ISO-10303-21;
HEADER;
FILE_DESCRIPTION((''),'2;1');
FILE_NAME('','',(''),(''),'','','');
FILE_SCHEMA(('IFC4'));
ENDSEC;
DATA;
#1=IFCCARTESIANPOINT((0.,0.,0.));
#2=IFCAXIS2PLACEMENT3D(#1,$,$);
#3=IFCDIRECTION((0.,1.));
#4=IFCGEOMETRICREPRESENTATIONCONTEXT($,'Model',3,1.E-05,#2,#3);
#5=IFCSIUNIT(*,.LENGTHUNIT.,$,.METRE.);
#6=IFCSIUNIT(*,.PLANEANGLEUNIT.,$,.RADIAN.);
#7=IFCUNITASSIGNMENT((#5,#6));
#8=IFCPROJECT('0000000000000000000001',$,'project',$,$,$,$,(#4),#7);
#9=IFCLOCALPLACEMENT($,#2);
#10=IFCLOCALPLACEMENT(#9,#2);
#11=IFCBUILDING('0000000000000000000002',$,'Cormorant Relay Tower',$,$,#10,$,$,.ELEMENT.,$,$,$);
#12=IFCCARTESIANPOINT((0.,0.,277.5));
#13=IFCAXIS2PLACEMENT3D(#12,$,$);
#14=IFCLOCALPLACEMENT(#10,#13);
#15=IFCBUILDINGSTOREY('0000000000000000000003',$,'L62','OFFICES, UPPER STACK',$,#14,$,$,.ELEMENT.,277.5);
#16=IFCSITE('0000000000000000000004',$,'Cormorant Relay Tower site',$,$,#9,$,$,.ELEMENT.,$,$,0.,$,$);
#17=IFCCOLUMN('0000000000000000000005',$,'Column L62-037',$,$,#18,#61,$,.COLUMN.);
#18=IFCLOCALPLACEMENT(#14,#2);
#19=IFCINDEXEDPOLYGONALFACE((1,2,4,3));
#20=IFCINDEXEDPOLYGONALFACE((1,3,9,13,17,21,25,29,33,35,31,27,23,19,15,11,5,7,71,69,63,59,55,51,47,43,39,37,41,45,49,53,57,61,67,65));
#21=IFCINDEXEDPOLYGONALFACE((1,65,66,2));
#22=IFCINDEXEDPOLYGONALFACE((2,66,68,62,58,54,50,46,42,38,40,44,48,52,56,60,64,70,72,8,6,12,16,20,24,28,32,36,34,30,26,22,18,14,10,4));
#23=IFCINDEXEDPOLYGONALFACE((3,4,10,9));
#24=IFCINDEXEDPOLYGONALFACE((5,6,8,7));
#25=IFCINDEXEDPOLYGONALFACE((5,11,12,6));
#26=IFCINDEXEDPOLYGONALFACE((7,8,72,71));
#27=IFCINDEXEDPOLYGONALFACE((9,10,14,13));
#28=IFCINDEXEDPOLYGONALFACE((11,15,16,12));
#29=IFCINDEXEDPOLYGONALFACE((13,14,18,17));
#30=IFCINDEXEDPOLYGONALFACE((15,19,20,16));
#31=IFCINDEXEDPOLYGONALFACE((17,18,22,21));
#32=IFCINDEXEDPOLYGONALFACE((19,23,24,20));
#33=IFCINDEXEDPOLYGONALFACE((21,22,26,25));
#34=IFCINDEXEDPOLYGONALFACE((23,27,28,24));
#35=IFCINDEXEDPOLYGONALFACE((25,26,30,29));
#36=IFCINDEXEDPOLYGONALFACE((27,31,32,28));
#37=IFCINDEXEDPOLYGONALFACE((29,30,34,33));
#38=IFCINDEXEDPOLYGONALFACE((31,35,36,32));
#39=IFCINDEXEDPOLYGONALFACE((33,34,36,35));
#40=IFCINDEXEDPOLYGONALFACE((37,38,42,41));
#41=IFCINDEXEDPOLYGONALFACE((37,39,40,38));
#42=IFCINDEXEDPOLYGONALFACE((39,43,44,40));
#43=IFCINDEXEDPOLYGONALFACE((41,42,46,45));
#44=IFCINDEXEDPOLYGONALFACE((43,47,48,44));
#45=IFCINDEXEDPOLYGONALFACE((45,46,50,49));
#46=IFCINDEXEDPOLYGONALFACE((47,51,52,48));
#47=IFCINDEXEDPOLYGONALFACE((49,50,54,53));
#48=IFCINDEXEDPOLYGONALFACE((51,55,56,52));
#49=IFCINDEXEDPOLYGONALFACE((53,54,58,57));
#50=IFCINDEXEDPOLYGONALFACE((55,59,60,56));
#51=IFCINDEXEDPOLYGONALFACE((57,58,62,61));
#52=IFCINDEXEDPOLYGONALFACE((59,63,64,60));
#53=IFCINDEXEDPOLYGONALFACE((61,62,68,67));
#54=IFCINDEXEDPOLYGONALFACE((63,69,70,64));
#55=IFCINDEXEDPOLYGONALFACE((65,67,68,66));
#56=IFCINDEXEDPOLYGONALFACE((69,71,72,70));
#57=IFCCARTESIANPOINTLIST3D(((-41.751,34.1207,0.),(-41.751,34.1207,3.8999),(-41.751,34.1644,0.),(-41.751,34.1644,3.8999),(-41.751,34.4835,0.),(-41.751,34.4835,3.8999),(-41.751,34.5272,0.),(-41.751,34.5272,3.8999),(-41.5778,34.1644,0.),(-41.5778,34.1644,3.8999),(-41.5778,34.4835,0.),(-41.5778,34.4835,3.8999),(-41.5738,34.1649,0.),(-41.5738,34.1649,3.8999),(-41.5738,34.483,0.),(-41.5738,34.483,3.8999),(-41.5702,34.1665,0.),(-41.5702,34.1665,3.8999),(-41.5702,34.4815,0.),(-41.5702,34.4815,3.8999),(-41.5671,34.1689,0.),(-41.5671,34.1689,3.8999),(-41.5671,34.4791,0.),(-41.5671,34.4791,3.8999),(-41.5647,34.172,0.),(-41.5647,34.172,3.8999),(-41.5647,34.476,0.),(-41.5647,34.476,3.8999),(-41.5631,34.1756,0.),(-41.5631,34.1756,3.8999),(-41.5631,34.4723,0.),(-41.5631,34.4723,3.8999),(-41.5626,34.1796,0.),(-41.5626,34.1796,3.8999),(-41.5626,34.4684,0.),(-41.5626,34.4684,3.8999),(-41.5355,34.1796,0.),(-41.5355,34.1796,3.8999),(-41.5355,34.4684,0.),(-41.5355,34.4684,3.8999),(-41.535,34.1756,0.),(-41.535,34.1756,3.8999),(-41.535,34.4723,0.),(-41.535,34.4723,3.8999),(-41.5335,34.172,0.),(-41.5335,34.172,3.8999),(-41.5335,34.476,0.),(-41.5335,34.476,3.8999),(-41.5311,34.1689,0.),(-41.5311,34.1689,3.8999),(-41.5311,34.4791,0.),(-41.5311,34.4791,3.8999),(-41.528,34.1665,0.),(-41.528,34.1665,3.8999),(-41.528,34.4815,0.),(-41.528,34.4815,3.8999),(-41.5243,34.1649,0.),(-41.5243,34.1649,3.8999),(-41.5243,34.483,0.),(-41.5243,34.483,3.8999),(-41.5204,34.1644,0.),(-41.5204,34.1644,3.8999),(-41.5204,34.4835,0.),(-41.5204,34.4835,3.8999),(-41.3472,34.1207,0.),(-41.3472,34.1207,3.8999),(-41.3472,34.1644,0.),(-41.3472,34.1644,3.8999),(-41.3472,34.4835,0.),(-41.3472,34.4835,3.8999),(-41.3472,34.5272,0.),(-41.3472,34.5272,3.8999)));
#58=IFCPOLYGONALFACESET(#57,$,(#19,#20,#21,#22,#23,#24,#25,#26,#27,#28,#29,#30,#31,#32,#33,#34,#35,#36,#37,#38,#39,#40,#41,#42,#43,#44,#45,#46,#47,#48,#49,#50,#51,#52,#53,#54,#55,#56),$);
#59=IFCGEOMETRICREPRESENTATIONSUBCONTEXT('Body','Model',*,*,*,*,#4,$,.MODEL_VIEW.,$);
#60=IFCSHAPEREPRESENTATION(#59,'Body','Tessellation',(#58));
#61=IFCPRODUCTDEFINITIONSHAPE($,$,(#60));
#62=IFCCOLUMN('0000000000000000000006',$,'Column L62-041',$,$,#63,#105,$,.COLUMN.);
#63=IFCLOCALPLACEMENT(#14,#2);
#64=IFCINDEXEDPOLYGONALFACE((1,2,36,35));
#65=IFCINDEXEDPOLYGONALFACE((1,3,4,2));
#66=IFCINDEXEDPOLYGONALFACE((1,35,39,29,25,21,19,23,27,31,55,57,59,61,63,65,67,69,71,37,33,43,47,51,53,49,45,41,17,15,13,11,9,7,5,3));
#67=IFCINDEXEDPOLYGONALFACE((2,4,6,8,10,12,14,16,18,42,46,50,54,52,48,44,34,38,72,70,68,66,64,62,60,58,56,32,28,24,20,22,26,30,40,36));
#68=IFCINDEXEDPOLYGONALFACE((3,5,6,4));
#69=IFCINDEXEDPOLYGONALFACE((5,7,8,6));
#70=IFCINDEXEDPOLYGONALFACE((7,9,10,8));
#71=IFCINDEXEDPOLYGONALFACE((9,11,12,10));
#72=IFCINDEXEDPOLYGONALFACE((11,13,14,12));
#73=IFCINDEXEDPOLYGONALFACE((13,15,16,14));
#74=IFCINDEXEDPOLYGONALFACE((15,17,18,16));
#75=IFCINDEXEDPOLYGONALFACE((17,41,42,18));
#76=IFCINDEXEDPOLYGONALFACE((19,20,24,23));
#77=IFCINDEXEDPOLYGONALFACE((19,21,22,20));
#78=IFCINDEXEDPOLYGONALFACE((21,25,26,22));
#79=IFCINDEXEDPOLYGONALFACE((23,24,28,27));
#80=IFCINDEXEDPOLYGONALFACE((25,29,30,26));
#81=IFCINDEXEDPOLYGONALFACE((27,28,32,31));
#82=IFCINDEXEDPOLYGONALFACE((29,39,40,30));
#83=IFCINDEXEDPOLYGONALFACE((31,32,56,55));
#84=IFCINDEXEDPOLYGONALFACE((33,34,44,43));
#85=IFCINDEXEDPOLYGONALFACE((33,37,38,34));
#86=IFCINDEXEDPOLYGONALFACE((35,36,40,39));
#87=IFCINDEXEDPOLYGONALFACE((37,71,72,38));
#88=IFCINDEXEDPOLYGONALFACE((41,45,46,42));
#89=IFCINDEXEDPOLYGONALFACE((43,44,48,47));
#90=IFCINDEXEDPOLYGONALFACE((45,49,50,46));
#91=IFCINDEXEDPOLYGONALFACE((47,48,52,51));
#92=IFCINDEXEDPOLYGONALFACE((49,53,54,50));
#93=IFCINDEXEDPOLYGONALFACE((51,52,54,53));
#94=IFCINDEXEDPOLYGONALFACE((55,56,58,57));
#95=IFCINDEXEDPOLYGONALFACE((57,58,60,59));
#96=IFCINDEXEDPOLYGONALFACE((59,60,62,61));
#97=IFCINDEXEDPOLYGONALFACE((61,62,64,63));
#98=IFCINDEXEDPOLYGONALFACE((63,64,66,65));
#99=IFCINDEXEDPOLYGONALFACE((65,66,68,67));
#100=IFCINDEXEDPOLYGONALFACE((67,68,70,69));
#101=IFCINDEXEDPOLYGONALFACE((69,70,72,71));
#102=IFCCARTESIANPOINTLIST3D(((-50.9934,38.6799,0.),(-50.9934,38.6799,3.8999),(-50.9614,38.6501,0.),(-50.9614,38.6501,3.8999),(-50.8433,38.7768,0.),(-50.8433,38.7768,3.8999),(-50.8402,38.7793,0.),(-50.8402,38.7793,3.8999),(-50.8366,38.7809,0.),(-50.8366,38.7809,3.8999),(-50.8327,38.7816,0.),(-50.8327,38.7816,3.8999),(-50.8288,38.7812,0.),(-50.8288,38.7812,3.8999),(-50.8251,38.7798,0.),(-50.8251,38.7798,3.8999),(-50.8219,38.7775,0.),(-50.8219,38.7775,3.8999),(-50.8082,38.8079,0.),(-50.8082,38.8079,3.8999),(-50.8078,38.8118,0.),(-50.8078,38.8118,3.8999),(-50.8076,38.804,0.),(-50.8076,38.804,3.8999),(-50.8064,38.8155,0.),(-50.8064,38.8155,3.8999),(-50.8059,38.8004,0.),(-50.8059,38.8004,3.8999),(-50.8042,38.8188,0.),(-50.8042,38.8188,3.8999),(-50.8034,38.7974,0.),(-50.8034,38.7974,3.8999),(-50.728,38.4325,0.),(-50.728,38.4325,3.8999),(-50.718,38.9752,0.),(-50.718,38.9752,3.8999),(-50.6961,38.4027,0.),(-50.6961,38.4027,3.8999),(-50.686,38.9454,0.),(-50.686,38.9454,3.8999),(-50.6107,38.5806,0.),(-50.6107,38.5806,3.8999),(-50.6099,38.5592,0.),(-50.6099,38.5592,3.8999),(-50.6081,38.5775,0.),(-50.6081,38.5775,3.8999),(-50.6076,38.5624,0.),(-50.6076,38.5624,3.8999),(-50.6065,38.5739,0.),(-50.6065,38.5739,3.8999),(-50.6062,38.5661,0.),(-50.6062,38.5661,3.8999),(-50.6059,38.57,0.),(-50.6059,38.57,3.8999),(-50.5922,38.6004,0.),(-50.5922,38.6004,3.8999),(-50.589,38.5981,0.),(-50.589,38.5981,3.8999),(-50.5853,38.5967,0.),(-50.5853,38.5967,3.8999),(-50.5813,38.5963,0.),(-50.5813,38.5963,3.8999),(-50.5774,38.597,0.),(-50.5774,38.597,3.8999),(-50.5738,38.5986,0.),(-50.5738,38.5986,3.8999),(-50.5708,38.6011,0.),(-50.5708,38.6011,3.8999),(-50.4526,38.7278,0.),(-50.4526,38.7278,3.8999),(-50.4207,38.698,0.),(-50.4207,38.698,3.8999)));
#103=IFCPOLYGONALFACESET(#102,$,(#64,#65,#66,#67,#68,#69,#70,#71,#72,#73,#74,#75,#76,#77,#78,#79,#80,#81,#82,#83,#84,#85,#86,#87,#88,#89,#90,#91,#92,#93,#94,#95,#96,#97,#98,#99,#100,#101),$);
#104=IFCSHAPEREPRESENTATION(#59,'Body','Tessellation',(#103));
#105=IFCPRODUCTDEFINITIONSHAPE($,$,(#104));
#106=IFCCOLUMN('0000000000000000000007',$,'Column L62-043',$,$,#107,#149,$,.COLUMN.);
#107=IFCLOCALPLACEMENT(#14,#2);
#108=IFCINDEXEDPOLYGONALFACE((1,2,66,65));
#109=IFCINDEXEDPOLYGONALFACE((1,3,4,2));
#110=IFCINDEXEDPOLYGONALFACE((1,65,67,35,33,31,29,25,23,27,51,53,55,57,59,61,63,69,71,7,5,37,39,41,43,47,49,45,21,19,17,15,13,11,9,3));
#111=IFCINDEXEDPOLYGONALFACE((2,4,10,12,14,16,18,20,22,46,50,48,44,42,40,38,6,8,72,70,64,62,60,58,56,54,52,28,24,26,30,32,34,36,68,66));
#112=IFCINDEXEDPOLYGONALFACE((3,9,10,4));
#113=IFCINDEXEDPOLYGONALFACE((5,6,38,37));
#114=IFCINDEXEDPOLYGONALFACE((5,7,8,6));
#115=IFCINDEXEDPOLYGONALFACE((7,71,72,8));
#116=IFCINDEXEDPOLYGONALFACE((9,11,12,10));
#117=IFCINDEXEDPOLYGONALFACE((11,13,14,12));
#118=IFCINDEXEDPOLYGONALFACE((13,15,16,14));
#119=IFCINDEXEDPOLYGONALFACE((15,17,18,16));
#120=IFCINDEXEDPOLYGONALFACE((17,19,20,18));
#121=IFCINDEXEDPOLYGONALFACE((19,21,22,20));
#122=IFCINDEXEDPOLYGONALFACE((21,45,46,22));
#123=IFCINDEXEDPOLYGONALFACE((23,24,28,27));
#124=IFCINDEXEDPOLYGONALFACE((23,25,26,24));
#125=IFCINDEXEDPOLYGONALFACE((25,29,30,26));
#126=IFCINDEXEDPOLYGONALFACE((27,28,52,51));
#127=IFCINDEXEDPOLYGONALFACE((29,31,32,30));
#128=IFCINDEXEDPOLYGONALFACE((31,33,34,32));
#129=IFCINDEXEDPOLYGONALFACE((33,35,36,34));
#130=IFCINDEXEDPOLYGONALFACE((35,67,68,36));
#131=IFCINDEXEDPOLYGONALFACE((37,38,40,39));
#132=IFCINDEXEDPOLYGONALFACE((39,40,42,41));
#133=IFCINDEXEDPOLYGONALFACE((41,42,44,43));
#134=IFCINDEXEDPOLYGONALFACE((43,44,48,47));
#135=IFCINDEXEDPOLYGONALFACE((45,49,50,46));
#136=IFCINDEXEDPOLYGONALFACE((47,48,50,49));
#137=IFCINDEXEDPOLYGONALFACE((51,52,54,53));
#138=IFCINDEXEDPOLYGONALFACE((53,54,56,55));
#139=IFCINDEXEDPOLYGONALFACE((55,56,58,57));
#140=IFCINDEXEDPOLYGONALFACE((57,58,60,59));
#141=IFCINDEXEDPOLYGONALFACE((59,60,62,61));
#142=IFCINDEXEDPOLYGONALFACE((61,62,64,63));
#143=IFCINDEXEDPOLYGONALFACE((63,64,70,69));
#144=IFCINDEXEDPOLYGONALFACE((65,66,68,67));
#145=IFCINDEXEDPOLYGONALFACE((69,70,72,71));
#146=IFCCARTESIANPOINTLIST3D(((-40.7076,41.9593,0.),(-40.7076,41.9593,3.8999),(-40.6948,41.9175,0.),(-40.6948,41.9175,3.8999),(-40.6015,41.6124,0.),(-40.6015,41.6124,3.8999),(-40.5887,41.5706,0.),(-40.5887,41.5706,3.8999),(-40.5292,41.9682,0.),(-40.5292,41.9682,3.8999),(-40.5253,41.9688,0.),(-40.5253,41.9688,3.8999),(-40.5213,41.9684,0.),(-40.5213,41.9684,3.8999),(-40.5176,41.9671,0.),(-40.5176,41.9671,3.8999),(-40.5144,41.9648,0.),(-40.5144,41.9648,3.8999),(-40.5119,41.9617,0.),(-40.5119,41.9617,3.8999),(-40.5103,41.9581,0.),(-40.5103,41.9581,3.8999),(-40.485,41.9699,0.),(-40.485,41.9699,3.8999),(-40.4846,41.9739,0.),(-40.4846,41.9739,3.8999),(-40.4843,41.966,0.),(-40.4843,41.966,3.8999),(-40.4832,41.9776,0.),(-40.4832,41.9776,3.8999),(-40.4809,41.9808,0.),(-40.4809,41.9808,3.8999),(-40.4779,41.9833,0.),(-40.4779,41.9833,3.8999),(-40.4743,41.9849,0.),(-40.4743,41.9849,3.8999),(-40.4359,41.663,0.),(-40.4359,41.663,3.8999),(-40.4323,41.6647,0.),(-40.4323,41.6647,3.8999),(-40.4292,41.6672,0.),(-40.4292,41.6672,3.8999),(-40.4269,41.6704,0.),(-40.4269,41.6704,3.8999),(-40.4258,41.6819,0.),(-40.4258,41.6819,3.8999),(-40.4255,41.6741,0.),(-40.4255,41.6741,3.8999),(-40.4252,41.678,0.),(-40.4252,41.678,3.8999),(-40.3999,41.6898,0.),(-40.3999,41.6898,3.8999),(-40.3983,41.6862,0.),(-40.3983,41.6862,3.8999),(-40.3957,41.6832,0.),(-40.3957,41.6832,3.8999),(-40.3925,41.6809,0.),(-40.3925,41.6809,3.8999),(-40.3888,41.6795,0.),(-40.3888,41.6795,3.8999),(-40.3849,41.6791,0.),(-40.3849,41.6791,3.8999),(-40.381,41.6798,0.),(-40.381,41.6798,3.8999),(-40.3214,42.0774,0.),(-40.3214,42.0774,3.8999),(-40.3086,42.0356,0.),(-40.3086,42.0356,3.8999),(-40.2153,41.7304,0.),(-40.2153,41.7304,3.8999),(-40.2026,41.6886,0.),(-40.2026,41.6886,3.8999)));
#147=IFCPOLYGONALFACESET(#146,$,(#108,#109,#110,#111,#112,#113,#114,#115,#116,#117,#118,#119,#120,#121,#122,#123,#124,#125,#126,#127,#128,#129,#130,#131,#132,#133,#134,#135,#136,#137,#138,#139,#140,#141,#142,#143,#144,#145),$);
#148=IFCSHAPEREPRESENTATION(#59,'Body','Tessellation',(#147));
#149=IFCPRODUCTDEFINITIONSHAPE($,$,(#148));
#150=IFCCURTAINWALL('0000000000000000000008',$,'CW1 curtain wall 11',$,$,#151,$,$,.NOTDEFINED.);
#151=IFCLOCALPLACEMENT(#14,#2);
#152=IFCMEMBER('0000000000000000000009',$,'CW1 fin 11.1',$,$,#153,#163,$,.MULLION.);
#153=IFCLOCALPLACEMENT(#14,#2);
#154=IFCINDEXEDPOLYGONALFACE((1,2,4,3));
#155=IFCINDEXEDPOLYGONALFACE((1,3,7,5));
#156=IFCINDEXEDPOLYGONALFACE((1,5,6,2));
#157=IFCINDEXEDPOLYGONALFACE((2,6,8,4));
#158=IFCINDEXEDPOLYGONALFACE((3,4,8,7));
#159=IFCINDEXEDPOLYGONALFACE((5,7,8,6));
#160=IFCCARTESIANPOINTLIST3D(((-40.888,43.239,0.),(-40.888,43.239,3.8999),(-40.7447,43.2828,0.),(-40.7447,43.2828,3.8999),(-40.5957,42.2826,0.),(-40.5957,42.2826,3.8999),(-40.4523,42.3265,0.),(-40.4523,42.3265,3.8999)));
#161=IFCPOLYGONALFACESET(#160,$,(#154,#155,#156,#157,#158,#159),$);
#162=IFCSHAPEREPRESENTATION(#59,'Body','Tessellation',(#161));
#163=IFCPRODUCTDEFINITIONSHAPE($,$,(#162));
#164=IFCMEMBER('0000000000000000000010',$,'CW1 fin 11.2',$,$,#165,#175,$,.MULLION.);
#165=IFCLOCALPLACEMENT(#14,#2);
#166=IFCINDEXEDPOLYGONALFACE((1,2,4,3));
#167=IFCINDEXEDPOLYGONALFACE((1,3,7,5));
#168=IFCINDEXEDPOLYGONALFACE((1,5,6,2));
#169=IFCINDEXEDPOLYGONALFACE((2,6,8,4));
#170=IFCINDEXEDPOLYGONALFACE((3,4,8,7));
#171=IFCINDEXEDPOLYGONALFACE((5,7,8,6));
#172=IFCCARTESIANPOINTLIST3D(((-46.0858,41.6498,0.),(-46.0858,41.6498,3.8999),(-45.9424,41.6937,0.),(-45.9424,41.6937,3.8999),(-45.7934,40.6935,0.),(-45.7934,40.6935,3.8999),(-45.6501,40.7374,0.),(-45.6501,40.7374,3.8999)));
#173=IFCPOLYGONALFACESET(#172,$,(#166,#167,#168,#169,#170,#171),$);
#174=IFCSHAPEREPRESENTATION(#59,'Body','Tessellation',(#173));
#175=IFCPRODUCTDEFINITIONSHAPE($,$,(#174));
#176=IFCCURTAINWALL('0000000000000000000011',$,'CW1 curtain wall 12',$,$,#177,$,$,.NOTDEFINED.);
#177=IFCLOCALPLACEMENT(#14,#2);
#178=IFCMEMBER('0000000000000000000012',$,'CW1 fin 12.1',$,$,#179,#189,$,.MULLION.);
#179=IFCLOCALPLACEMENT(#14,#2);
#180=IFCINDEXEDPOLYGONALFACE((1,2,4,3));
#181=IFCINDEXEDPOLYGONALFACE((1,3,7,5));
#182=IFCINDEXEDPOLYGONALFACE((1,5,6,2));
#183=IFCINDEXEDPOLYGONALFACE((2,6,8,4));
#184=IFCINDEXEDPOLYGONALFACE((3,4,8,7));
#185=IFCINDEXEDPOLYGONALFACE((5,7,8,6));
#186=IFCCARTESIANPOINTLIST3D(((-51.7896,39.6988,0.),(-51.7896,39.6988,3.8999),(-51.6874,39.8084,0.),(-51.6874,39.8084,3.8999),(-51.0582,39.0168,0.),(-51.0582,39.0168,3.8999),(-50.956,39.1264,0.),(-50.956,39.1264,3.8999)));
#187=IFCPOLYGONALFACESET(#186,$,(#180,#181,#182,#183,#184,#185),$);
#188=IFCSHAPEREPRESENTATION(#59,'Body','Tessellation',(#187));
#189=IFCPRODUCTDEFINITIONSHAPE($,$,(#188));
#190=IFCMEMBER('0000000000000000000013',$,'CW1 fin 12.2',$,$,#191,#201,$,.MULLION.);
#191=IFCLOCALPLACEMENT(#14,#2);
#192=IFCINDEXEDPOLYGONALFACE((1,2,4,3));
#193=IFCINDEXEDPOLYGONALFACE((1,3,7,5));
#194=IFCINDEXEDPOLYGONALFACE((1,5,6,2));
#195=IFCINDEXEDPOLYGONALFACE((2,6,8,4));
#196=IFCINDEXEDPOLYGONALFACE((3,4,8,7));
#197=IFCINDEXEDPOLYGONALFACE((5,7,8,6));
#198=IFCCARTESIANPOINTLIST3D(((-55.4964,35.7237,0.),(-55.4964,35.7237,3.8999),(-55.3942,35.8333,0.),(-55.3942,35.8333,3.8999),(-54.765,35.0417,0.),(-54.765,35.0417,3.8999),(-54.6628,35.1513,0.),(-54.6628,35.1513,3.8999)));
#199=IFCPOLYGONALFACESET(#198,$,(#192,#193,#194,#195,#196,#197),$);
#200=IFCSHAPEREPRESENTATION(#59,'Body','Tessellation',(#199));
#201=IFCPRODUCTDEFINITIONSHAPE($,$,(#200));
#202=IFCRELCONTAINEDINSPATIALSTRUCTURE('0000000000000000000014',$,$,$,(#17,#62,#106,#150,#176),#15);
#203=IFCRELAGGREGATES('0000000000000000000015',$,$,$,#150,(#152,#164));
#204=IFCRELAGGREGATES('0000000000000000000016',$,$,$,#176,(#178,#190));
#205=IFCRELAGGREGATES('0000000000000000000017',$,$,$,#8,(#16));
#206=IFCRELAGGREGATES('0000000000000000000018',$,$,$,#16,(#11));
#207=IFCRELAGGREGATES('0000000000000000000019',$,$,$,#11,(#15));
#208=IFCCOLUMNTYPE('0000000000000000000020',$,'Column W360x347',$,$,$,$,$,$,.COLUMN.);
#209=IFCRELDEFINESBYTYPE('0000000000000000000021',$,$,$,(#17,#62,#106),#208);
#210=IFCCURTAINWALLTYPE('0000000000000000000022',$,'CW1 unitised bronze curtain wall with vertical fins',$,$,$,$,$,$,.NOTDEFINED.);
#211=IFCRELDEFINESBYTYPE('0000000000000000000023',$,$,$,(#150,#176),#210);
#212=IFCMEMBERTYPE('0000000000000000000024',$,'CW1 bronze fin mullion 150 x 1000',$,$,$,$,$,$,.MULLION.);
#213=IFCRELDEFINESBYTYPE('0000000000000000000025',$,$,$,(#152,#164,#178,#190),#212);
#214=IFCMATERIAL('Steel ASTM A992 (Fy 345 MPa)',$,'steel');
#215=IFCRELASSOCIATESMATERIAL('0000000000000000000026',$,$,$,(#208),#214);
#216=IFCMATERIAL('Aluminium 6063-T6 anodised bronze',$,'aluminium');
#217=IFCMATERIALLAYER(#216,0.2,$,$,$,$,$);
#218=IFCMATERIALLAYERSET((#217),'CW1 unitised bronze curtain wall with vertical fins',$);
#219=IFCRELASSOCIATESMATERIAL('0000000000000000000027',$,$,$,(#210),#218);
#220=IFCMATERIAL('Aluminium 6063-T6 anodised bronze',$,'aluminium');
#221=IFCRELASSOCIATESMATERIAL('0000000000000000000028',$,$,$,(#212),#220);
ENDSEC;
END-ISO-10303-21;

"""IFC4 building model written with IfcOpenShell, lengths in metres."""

from ifc_helpers import new_model, si_unit, direction, frame, origin, origin_2d, place, context, subcontext, project, spatial, rectangle, i_section, extrude, material, layer, layer_set, material_profile, profile_set, type_object, element, aggregate, save


model = new_model("IFC4")

# Units and contexts
model_context = context("Model", 3, precision=1e-05, world=origin(), true_north=direction((0.0, 1.0)))
body_context = subcontext(model_context, "Body", "Model", "MODEL_VIEW")
ifc_project = project(units=[si_unit("LENGTHUNIT", "METRE"), si_unit("PLANEANGLEUNIT", "RADIAN")], contexts=[model_context])

# Site, building, storey
site_placement = place(None, origin())
site = spatial("IfcSite", under=ifc_project, at=site_placement, Name="Cormorant Relay Tower site", CompositionType="ELEMENT", RefElevation=0.0)
building_placement = place(site_placement, origin())
building = spatial("IfcBuilding", under=site, at=building_placement, Name="Cormorant Relay Tower", CompositionType="ELEMENT")
storey_placement = place(building_placement, frame((0.0, 0.0, 277.5)))
storey = spatial("IfcBuildingStorey", under=building, at=storey_placement, Name="L62", Description="OFFICES, UPPER STACK", CompositionType="ELEMENT", Elevation=277.5)

# Columns
ifc_material_1 = material(Name="Steel ASTM A992 (Fy 345 MPa)", Category="steel")
ifc_material_profile_1 = material_profile(ifc_material_1, i_section(OverallWidth=0.4038, OverallDepth=0.4065, WebThickness=0.0271, FlangeThickness=0.0437, FilletRadius=0.0151, at=origin_2d()), Name="W360x347")
ifc_profile_set_1 = profile_set([ifc_material_profile_1], Name="Steel ASTM A992 (Fy 345 MPa)")
column_type = type_object("IfcColumnType", Name="Column W360x347", PredefinedType="COLUMN", material=ifc_profile_set_1)
for number, where, z_axis, x_axis, name in (
    (1, (-41.5491, 34.324, 0.0), (0.0, 0.0, 1.0), (1.0, 0.0, 0.0), "Column L62-037"),
    (2, (-50.707, 38.689, 0.0), (0.0, 0.0, 1.0), (-0.681998, -0.731354, 0.0), "Column L62-041"),
    (3, (-40.4551, 41.824, 0.0), (0.0, 0.0, 1.0), (-0.956305, -0.292372, 0.0), "Column L62-043"),
):
    element("IfcColumn", number, at=place(storey_placement, frame(where, z_axis=z_axis, x_axis=x_axis)), inside=storey, type_object=column_type, Name=name, PredefinedType="COLUMN", context=body_context, shape_type="SweptSolid", body=[
        extrude(i_section(OverallWidth=0.4038, OverallDepth=0.4065, WebThickness=0.0271, FlangeThickness=0.0437, FilletRadius=0.0151, at=origin_2d()), origin(), (0.0, 0.0, 1.0), 3.8999),
    ])

# Curtain walls, members
ifc_material_2 = material(Name="Aluminium 6063-T6 anodised bronze", Category="aluminium")
ifc_layer_1 = layer(ifc_material_2, 0.2)
ifc_layer_set_1 = layer_set([ifc_layer_1], Name="CW1 unitised bronze curtain wall with vertical fins")
curtain_wall_type = type_object("IfcCurtainWallType", Name="CW1 unitised bronze curtain wall with vertical fins", PredefinedType="NOTDEFINED", material=ifc_layer_set_1)
curtain_wall_1_placement = place(storey_placement, origin())
curtain_wall_1 = element("IfcCurtainWall", 4, at=curtain_wall_1_placement, inside=storey, type_object=curtain_wall_type, Name="CW1 curtain wall 11", PredefinedType="NOTDEFINED")
ifc_material_3 = material(Name="Aluminium 6063-T6 anodised bronze", Category="aluminium")
ifc_material_profile_2 = material_profile(ifc_material_3, rectangle(XDim=0.1499, YDim=1.0, at=origin_2d()), Name="AL 150x1000")
ifc_profile_set_2 = profile_set([ifc_material_profile_2], Name="Aluminium 6063-T6 anodised bronze")
member_type_1 = type_object("IfcMemberType", Name="CW1 bronze fin mullion 150 x 1000", PredefinedType="MULLION", material=ifc_profile_set_2)
member_1_placement = place(storey_placement, frame((-40.6702, 42.7827, 0.0), z_axis=(0.0, 0.0, 1.0), x_axis=(-0.956305, -0.292372, 0.0)))
member_1 = element("IfcMember", 5, at=member_1_placement, type_object=member_type_1, Name="CW1 fin 11.1", PredefinedType="MULLION", context=body_context, shape_type="SweptSolid", body=[
    extrude(rectangle(XDim=0.1499, YDim=1.0, at=origin_2d()), origin(), (0.0, 0.0, 1.0), 3.8999),
])
member_2_placement = place(storey_placement, frame((-45.8679, 41.1936, 0.0), z_axis=(0.0, 0.0, 1.0), x_axis=(-0.956305, -0.292372, 0.0)))
member_2 = element("IfcMember", 6, at=member_2_placement, type_object=member_type_1, Name="CW1 fin 11.2", PredefinedType="MULLION", context=body_context, shape_type="SweptSolid", body=[
    extrude(rectangle(XDim=0.1499, YDim=1.0, at=origin_2d()), origin(), (0.0, 0.0, 1.0), 3.8999),
])
curtain_wall_2_placement = place(storey_placement, origin())
curtain_wall_2 = element("IfcCurtainWall", 7, at=curtain_wall_2_placement, inside=storey, type_object=curtain_wall_type, Name="CW1 curtain wall 12", PredefinedType="NOTDEFINED")
member_3_placement = place(storey_placement, frame((-51.3728, 39.4126, 0.0), z_axis=(0.0, 0.0, 1.0), x_axis=(-0.681998, -0.731354, 0.0)))
member_3 = element("IfcMember", 8, at=member_3_placement, type_object=member_type_1, Name="CW1 fin 12.1", PredefinedType="MULLION", context=body_context, shape_type="SweptSolid", body=[
    extrude(rectangle(XDim=0.1499, YDim=1.0, at=origin_2d()), origin(), (0.0, 0.0, 1.0), 3.8999),
])
member_4_placement = place(storey_placement, frame((-55.0796, 35.4375, 0.0), z_axis=(0.0, 0.0, 1.0), x_axis=(-0.681998, -0.731354, 0.0)))
member_4 = element("IfcMember", 9, at=member_4_placement, type_object=member_type_1, Name="CW1 fin 12.2", PredefinedType="MULLION", context=body_context, shape_type="SweptSolid", body=[
    extrude(rectangle(XDim=0.1499, YDim=1.0, at=origin_2d()), origin(), (0.0, 0.0, 1.0), 3.8999),
])

aggregate(curtain_wall_1, [member_1, member_2])
aggregate(curtain_wall_2, [member_3, member_4])

save(model, "model.ifc")
